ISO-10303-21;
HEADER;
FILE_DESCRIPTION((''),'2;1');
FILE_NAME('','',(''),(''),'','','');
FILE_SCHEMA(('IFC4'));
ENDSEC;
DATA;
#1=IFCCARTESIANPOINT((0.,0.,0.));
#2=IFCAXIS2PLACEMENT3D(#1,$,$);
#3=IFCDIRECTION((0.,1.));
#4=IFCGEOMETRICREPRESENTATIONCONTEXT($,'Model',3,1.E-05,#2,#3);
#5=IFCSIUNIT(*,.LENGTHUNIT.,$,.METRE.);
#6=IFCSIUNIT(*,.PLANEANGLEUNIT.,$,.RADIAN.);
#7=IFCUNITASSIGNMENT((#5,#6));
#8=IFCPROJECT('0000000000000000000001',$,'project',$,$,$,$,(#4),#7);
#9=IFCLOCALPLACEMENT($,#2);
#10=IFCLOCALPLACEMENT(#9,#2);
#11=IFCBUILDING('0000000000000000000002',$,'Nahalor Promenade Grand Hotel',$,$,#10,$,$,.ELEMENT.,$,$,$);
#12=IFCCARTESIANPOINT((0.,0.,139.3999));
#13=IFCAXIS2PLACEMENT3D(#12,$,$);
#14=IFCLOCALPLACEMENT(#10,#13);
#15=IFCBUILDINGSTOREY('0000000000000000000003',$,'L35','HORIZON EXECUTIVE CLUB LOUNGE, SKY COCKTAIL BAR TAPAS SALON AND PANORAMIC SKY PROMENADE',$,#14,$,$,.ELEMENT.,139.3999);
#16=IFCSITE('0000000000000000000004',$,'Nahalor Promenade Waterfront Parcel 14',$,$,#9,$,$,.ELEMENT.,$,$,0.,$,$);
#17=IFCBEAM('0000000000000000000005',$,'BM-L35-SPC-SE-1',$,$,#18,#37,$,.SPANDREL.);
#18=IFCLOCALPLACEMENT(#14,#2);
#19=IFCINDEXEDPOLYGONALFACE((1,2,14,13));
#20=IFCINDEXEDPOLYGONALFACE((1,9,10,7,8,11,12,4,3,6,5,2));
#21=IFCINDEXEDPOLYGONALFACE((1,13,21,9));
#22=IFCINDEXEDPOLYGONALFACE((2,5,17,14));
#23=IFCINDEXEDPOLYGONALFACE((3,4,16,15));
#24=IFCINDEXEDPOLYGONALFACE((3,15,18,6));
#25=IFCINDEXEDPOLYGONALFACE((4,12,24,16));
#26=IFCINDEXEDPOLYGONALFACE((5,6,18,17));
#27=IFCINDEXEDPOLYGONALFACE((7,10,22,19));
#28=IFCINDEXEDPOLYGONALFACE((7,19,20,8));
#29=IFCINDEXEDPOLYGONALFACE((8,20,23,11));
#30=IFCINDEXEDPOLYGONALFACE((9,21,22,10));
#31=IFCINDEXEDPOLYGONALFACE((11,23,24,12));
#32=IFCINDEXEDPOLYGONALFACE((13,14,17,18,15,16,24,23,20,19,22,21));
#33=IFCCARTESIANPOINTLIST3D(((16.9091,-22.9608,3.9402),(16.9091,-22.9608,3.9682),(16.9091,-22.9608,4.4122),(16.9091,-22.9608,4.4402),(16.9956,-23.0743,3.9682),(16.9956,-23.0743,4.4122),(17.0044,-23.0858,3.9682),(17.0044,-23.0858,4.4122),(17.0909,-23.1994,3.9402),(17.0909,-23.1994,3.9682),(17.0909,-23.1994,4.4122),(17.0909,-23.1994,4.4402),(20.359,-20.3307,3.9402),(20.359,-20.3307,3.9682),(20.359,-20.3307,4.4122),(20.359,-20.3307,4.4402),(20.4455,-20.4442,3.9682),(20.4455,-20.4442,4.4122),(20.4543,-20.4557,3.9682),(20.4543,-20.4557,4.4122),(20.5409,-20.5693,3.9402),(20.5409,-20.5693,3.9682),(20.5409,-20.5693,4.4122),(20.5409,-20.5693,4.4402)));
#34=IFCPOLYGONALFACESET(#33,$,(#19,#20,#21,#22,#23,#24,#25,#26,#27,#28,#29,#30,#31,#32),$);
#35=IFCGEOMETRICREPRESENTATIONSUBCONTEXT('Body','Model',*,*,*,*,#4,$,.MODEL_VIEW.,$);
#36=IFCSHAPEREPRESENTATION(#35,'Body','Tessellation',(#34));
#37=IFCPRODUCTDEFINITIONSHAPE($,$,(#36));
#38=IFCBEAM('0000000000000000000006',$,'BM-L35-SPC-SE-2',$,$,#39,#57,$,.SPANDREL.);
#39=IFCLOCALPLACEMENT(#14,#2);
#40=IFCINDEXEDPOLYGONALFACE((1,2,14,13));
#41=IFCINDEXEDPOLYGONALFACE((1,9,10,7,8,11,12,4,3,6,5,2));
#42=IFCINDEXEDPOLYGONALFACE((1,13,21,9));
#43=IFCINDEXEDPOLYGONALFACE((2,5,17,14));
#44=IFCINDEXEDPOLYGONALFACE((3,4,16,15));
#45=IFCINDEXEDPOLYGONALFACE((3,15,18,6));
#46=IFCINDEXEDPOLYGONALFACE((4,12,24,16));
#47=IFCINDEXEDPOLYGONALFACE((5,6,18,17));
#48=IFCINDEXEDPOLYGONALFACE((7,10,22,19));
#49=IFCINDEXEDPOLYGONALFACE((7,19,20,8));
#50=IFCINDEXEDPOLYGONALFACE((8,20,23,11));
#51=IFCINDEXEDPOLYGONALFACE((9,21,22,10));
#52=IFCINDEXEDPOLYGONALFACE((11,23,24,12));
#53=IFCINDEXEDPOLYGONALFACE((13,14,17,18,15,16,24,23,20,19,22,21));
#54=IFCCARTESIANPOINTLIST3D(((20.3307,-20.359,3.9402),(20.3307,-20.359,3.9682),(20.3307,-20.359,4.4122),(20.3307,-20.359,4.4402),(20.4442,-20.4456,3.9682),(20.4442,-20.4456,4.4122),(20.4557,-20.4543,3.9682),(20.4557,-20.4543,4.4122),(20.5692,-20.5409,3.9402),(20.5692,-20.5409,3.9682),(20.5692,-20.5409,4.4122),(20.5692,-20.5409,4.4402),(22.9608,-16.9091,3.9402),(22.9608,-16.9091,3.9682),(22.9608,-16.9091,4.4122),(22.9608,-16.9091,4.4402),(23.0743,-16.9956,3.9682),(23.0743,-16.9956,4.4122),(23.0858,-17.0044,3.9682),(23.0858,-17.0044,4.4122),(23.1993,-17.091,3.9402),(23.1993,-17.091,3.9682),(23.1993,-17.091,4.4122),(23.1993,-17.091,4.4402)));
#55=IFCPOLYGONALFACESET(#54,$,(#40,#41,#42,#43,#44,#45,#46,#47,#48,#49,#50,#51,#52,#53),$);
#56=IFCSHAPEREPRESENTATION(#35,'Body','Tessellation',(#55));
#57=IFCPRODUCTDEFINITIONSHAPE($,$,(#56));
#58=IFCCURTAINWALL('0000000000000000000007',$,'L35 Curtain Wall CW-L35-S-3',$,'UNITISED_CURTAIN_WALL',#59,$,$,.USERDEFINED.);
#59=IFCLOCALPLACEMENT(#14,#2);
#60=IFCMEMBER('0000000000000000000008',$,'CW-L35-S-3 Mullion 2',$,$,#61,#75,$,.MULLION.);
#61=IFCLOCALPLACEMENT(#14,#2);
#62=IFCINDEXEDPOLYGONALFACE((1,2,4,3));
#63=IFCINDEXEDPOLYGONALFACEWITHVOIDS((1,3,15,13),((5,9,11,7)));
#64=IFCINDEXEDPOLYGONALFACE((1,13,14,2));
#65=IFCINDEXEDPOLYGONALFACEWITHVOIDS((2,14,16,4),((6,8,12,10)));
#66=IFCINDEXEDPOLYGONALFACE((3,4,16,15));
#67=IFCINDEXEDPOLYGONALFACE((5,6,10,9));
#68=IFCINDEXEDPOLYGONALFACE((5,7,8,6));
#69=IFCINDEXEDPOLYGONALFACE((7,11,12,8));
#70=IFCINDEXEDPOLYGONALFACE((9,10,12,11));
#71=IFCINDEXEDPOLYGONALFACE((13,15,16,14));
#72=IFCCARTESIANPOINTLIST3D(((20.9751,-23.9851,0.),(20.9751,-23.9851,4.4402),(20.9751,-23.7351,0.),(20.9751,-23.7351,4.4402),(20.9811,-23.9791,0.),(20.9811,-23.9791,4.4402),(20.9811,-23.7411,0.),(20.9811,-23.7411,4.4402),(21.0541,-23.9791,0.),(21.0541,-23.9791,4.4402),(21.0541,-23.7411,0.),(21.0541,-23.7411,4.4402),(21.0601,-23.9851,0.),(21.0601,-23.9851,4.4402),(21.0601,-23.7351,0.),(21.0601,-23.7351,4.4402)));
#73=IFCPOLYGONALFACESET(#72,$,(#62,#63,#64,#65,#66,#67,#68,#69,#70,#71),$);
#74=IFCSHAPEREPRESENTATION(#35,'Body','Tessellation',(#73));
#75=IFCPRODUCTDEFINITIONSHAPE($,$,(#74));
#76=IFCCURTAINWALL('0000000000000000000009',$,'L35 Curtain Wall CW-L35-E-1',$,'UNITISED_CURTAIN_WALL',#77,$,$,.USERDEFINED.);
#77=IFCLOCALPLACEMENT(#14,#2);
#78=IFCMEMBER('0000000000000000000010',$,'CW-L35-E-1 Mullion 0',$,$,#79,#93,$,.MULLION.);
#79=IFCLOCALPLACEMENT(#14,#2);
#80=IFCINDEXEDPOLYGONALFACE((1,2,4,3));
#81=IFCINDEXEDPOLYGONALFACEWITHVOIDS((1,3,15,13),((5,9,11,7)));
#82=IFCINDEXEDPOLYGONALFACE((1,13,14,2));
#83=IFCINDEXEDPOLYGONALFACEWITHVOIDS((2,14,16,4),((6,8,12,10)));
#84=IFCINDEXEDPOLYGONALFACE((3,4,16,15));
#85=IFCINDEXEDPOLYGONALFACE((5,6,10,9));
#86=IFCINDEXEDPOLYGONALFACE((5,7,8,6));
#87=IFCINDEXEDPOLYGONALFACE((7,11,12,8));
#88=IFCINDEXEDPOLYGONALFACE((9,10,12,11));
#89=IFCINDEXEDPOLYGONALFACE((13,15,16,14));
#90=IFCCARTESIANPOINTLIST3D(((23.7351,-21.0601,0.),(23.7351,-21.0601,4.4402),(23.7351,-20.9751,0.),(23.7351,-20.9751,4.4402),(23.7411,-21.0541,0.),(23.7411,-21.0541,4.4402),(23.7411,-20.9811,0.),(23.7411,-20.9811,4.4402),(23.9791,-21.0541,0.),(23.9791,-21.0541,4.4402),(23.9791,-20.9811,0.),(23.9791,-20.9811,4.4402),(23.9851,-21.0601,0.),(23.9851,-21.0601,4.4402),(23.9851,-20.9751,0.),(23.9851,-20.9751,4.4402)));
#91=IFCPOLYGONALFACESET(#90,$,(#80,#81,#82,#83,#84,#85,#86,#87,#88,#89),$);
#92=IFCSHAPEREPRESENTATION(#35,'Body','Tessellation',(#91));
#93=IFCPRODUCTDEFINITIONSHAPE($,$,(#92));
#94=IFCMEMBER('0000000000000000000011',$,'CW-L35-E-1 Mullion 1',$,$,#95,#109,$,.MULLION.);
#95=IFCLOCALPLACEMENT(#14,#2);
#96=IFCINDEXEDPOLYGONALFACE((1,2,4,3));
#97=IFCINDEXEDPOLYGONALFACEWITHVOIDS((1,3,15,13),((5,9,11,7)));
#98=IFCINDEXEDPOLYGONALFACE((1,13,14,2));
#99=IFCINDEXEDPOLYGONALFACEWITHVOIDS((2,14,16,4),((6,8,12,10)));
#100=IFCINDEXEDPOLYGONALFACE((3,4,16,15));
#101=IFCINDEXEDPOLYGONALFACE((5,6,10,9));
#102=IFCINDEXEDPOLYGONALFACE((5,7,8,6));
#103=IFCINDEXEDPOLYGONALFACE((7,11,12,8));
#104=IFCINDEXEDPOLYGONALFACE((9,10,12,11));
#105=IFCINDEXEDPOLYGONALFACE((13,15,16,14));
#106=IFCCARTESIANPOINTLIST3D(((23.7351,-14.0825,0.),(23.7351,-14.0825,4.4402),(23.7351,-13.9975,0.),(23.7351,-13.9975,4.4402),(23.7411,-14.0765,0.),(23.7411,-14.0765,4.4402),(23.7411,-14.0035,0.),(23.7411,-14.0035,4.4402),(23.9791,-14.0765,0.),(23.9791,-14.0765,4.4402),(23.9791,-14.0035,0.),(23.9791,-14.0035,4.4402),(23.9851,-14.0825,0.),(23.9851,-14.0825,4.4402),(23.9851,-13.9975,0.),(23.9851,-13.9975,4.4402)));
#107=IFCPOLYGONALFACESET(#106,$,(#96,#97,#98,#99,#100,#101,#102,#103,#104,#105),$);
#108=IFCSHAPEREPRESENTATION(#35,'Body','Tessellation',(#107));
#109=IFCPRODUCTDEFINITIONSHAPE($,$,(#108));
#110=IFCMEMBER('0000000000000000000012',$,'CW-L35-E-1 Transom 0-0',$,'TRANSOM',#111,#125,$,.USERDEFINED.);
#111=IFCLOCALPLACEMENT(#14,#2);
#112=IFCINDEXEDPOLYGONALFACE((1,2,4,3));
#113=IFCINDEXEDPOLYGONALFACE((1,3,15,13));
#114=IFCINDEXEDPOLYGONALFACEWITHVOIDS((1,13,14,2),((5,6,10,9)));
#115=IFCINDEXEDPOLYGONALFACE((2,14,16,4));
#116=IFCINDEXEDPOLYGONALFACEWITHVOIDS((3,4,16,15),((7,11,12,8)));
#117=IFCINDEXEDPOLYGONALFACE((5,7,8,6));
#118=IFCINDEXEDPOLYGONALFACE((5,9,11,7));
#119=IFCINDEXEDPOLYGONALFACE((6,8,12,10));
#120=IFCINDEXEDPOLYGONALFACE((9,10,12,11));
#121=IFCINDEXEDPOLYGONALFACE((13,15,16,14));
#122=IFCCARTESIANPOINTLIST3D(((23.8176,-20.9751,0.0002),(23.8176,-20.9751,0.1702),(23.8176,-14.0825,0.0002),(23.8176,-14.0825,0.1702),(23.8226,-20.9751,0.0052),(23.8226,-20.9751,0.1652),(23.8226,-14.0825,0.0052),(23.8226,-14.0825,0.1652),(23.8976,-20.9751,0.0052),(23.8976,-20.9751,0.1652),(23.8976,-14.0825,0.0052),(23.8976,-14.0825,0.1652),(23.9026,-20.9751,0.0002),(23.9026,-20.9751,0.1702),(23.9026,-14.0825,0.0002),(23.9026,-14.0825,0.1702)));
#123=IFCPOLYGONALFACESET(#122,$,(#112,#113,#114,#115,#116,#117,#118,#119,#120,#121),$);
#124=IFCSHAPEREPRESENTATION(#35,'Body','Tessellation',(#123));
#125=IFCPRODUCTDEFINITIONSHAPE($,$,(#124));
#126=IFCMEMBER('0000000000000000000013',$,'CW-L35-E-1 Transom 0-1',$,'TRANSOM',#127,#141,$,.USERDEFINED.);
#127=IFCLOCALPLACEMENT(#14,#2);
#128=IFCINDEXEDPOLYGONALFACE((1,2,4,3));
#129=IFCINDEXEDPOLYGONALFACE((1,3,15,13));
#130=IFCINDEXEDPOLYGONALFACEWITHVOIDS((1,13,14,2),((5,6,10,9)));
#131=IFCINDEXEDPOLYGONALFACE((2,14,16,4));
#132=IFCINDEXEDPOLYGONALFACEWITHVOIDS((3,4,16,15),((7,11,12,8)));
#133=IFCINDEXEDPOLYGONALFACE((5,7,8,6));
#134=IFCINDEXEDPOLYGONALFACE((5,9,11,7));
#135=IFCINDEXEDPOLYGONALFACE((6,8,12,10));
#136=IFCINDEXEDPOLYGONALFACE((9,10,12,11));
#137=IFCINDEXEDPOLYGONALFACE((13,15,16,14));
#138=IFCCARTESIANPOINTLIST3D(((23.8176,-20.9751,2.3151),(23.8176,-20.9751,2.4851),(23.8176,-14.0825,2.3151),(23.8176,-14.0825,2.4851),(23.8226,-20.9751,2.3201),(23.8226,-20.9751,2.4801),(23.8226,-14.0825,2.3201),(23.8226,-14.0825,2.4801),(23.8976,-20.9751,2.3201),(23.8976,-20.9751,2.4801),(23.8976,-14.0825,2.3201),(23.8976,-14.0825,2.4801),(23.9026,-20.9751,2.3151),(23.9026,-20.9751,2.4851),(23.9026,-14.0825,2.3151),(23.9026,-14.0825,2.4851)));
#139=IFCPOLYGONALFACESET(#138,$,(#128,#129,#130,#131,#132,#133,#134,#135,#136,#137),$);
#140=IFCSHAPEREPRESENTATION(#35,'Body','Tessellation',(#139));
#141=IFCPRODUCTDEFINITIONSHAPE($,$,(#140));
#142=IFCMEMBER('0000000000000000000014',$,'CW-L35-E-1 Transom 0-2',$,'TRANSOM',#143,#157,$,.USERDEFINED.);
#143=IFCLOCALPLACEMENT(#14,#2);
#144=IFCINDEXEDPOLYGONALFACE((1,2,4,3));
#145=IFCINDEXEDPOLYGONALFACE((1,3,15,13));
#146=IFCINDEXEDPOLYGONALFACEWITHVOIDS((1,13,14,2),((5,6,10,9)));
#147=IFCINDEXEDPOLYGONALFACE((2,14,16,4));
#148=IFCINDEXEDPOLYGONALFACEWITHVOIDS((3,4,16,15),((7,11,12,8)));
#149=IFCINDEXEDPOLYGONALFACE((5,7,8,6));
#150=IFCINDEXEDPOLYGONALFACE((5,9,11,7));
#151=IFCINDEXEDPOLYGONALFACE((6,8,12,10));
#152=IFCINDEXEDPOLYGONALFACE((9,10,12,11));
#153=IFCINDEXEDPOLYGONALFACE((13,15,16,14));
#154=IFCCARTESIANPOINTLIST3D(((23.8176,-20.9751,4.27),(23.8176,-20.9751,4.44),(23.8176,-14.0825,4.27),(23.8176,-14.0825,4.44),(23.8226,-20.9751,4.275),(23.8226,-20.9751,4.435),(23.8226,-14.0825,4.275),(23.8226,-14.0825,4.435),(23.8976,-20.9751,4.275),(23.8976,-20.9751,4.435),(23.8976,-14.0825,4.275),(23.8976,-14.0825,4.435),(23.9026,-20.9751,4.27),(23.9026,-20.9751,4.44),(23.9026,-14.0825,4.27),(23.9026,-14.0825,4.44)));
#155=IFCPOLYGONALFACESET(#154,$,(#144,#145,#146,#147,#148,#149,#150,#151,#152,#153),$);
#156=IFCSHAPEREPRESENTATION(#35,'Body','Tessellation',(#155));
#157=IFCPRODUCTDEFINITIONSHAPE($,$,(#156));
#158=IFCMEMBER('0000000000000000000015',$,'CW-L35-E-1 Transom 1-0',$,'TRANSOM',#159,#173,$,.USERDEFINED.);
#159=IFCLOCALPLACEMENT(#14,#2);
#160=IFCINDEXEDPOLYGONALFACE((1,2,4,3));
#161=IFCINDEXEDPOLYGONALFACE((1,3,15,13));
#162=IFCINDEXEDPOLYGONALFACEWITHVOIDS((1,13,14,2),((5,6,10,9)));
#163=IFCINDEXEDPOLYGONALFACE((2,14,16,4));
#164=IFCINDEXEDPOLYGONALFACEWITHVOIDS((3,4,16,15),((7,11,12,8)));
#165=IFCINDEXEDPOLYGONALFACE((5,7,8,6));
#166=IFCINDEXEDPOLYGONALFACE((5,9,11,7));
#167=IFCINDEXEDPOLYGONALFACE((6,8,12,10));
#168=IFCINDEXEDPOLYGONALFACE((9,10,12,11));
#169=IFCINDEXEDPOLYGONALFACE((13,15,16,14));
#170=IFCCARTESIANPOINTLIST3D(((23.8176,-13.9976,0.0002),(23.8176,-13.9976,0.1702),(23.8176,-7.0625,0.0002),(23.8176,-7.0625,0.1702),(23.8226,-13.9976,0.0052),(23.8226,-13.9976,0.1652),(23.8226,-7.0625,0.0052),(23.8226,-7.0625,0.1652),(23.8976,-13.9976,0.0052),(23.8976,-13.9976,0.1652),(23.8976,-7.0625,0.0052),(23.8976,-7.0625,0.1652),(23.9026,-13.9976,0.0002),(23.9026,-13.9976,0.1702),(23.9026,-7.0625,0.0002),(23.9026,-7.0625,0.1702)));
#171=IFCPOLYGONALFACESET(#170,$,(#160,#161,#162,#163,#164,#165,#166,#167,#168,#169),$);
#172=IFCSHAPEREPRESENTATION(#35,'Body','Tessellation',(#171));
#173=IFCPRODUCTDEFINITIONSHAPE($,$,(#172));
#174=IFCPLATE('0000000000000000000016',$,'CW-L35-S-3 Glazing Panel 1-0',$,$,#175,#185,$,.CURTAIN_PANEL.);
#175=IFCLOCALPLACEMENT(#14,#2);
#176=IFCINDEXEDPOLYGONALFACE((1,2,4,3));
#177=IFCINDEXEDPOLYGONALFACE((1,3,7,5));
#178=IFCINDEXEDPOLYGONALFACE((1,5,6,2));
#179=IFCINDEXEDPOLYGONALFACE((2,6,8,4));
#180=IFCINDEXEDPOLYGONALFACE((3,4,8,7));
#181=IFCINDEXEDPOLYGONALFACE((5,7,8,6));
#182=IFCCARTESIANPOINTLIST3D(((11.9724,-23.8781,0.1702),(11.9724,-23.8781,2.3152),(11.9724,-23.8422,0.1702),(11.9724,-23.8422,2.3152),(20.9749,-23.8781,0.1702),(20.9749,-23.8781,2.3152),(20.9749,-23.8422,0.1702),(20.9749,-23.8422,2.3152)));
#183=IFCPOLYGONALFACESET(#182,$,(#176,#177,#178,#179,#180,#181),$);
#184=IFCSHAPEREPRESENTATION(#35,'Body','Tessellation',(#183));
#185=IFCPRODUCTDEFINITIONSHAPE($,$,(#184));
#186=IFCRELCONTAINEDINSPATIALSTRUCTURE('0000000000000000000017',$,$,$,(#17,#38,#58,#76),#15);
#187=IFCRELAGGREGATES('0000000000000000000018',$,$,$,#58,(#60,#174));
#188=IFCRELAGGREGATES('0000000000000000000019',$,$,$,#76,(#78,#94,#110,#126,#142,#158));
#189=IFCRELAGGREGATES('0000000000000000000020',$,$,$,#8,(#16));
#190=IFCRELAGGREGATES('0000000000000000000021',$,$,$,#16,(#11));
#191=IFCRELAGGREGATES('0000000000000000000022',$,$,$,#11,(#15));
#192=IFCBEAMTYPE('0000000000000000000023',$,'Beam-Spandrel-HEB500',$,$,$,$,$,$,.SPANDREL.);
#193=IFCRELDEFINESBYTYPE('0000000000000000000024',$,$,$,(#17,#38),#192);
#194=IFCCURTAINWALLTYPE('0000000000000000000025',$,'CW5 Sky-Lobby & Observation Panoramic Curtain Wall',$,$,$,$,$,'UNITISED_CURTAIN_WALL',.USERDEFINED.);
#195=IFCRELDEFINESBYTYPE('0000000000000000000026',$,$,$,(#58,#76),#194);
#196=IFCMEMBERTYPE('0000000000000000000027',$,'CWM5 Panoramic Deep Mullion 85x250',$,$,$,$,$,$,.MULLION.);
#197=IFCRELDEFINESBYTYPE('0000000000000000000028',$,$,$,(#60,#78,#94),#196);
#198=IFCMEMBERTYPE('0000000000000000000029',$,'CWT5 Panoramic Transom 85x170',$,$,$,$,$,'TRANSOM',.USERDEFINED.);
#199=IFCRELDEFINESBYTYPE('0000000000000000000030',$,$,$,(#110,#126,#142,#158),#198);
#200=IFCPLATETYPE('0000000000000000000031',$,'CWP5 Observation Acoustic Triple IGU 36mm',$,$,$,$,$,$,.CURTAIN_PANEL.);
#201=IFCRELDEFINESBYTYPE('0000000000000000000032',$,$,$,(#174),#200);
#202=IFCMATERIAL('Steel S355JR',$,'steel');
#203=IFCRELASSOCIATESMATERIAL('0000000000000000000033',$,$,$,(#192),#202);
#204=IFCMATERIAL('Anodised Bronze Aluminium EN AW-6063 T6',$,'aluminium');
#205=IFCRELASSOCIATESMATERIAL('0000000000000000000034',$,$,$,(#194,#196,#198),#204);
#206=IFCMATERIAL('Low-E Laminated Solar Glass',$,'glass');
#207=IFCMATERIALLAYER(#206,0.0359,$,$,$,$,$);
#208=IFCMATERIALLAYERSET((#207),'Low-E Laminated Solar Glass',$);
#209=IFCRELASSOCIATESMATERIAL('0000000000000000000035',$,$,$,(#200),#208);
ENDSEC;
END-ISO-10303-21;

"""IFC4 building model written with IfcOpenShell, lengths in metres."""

from ifc_helpers import new_model, si_unit, direction, frame, origin, origin_2d, place, context, subcontext, project, spatial, rectangle, hollow_rectangle, i_section, extrude, source, transform, mapped, material, layer, layer_set, material_profile, profile_set, type_object, element, aggregate, save


model = new_model("IFC4")

# Units and contexts
model_context = context("Model", 3, precision=1e-05, world=origin(), true_north=direction((0.0, 1.0)))
body_context = subcontext(model_context, "Body", "Model", "MODEL_VIEW")
ifc_project = project(units=[si_unit("LENGTHUNIT", "METRE"), si_unit("PLANEANGLEUNIT", "RADIAN")], contexts=[model_context])

# Site, building, storey
site_placement = place(None, origin())
site = spatial("IfcSite", under=ifc_project, at=site_placement, Name="Nahalor Promenade Waterfront Parcel 14", CompositionType="ELEMENT", RefElevation=0.0)
building_placement = place(site_placement, origin())
building = spatial("IfcBuilding", under=site, at=building_placement, Name="Nahalor Promenade Grand Hotel", CompositionType="ELEMENT")
storey_placement = place(building_placement, frame((0.0, 0.0, 139.3999)))
storey = spatial("IfcBuildingStorey", under=building, at=storey_placement, Name="L35", Description="HORIZON EXECUTIVE CLUB LOUNGE, SKY COCKTAIL BAR TAPAS SALON AND PANORAMIC SKY PROMENADE", CompositionType="ELEMENT", Elevation=139.3999)

# Beams
ifc_material_1 = material(Name="Steel S355JR", Category="steel")
ifc_material_profile_1 = material_profile(ifc_material_1, i_section(OverallWidth=0.3, OverallDepth=0.5, WebThickness=0.0145, FlangeThickness=0.028, at=origin_2d()), Name="HEB 500")
ifc_profile_set_1 = profile_set([ifc_material_profile_1], Name="Steel S355JR")
beam_type_1 = type_object("IfcBeamType", Name="Beam-Spandrel-HEB500", PredefinedType="SPANDREL", material=ifc_profile_set_1)
shared_shape_1 = source(origin(), body_context, "Body", "SweptSolid", [
    extrude(i_section(OverallWidth=0.3, OverallDepth=0.5, WebThickness=0.0145, FlangeThickness=0.028, at=origin_2d()), origin(), (0.0, 0.0, 1.0), 4.3381),
])
for number, where, z_axis, x_axis, name in (
    (1, (17.0, -23.0801, 4.1902), (0.795255, 0.606275, 0.0), (-0.606275, 0.795255, 0.0), "BM-L35-SPC-SE-1"),
    (2, (20.45, -20.45, 4.1902), (0.606275, 0.795255, 0.0), (-0.795255, 0.606275, 0.0), "BM-L35-SPC-SE-2"),
):
    element("IfcBeam", number, at=place(storey_placement, frame(where, z_axis=z_axis, x_axis=x_axis)), inside=storey, type_object=beam_type_1, Name=name, PredefinedType="SPANDREL", context=body_context, shape_type="MappedRepresentation", body=[
        mapped(shared_shape_1, transform((0.0, 0.0, 0.0), scale=1.0)),
    ])

# Curtain wall, member
ifc_material_2 = material(Name="Anodised Bronze Aluminium EN AW-6063 T6", Category="aluminium")
curtain_wall_type = type_object("IfcCurtainWallType", Name="CW5 Sky-Lobby & Observation Panoramic Curtain Wall", ElementType="UNITISED_CURTAIN_WALL", PredefinedType="USERDEFINED", material=ifc_material_2)
curtain_wall_1_placement = place(storey_placement, origin())
curtain_wall_1 = element("IfcCurtainWall", 3, at=curtain_wall_1_placement, inside=storey, type_object=curtain_wall_type, Name="L35 Curtain Wall CW-L35-S-3", ObjectType="UNITISED_CURTAIN_WALL", PredefinedType="USERDEFINED")
ifc_material_profile_2 = material_profile(ifc_material_2, hollow_rectangle(XDim=0.085, YDim=0.25, WallThickness=0.006, at=origin_2d()), Name="CWM 85x250x6")
ifc_profile_set_2 = profile_set([ifc_material_profile_2], Name="Anodised Bronze Aluminium EN AW-6063 T6")
member_type_1 = type_object("IfcMemberType", Name="CWM5 Panoramic Deep Mullion 85x250", PredefinedType="MULLION", material=ifc_profile_set_2)
shared_shape_2 = source(origin(), body_context, "Body", "SweptSolid", [
    extrude(hollow_rectangle(XDim=0.085, YDim=0.25, WallThickness=0.006, at=origin_2d()), origin(), (0.0, 0.0, 1.0), 4.4402),
])
member_1_placement = place(storey_placement, frame((21.0176, -23.8601, 0.0), z_axis=(0.0, 0.0, 1.0), x_axis=(1.0, 0.0, 0.0)))
member_1 = element("IfcMember", 4, at=member_1_placement, type_object=member_type_1, Name="CW-L35-S-3 Mullion 2", PredefinedType="MULLION", context=body_context, shape_type="MappedRepresentation", body=[
    mapped(shared_shape_2, transform((0.0, 0.0, 0.0), scale=1.0)),
])

# Curtain wall, members
curtain_wall_2_placement = place(storey_placement, origin())
curtain_wall_2 = element("IfcCurtainWall", 5, at=curtain_wall_2_placement, inside=storey, type_object=curtain_wall_type, Name="L35 Curtain Wall CW-L35-E-1", ObjectType="UNITISED_CURTAIN_WALL", PredefinedType="USERDEFINED")
member_2_placement = place(storey_placement, frame((23.8601, -21.0176, 0.0), z_axis=(0.0, 0.0, 1.0), x_axis=(0.0, 1.0, 0.0)))
member_2 = element("IfcMember", 6, at=member_2_placement, type_object=member_type_1, Name="CW-L35-E-1 Mullion 0", PredefinedType="MULLION", context=body_context, shape_type="MappedRepresentation", body=[
    mapped(shared_shape_2, transform((0.0, 0.0, 0.0), scale=1.0)),
])
member_3_placement = place(storey_placement, frame((23.8601, -14.04, 0.0), z_axis=(0.0, 0.0, 1.0), x_axis=(0.0, 1.0, 0.0)))
member_3 = element("IfcMember", 7, at=member_3_placement, type_object=member_type_1, Name="CW-L35-E-1 Mullion 1", PredefinedType="MULLION", context=body_context, shape_type="MappedRepresentation", body=[
    mapped(shared_shape_2, transform((0.0, 0.0, 0.0), scale=1.0)),
])
ifc_material_profile_3 = material_profile(ifc_material_2, hollow_rectangle(XDim=0.085, YDim=0.17, WallThickness=0.005, at=origin_2d()), Name="CWT 85x170x5")
ifc_profile_set_3 = profile_set([ifc_material_profile_3], Name="Anodised Bronze Aluminium EN AW-6063 T6")
member_type_2 = type_object("IfcMemberType", Name="CWT5 Panoramic Transom 85x170", ElementType="TRANSOM", PredefinedType="USERDEFINED", material=ifc_profile_set_3)
shared_shape_3 = source(origin(), body_context, "Body", "SweptSolid", [
    extrude(hollow_rectangle(XDim=0.085, YDim=0.17, WallThickness=0.005, at=origin_2d()), origin(), (0.0, 0.0, 1.0), 6.8926),
])
member_4_placement = place(storey_placement, frame((23.8601, -20.9751, 0.0852), z_axis=(0.0, 1.0, 0.0), x_axis=(-1.0, 0.0, 0.0)))
member_4 = element("IfcMember", 8, at=member_4_placement, type_object=member_type_2, Name="CW-L35-E-1 Transom 0-0", ObjectType="TRANSOM", PredefinedType="USERDEFINED", context=body_context, shape_type="MappedRepresentation", body=[
    mapped(shared_shape_3, transform((0.0, 0.0, 0.0), scale=1.0)),
])
member_5_placement = place(storey_placement, frame((23.8601, -20.9751, 2.4001), z_axis=(0.0, 1.0, 0.0), x_axis=(-1.0, 0.0, 0.0)))
member_5 = element("IfcMember", 9, at=member_5_placement, type_object=member_type_2, Name="CW-L35-E-1 Transom 0-1", ObjectType="TRANSOM", PredefinedType="USERDEFINED", context=body_context, shape_type="MappedRepresentation", body=[
    mapped(shared_shape_3, transform((0.0, 0.0, 0.0), scale=1.0)),
])
member_6_placement = place(storey_placement, frame((23.8601, -20.9751, 4.355), z_axis=(0.0, 1.0, 0.0), x_axis=(-1.0, 0.0, 0.0)))
member_6 = element("IfcMember", 10, at=member_6_placement, type_object=member_type_2, Name="CW-L35-E-1 Transom 0-2", ObjectType="TRANSOM", PredefinedType="USERDEFINED", context=body_context, shape_type="MappedRepresentation", body=[
    mapped(shared_shape_3, transform((0.0, 0.0, 0.0), scale=1.0)),
])
shared_shape_4 = source(origin(), body_context, "Body", "SweptSolid", [
    extrude(hollow_rectangle(XDim=0.085, YDim=0.17, WallThickness=0.005, at=origin_2d()), origin(), (0.0, 0.0, 1.0), 6.9351),
])
member_7_placement = place(storey_placement, frame((23.8601, -13.9976, 0.0852), z_axis=(0.0, 1.0, 0.0), x_axis=(-1.0, 0.0, 0.0)))
member_7 = element("IfcMember", 11, at=member_7_placement, type_object=member_type_2, Name="CW-L35-E-1 Transom 1-0", ObjectType="TRANSOM", PredefinedType="USERDEFINED", context=body_context, shape_type="MappedRepresentation", body=[
    mapped(shared_shape_4, transform((0.0, 0.0, 0.0), scale=1.0)),
])

# Plate
ifc_material_3 = material(Name="Low-E Laminated Solar Glass", Category="glass")
ifc_layer_1 = layer(ifc_material_3, 0.0359)
ifc_layer_set_1 = layer_set([ifc_layer_1], Name="Low-E Laminated Solar Glass")
plate_type = type_object("IfcPlateType", Name="CWP5 Observation Acoustic Triple IGU 36mm", PredefinedType="CURTAIN_PANEL", material=ifc_layer_set_1)
shared_shape_5 = source(origin(), body_context, "Body", "SweptSolid", [
    extrude(rectangle(XDim=9.0024, YDim=0.0359, at=origin_2d()), origin(), (0.0, 0.0, 1.0), 2.145),
])
plate_1_placement = place(storey_placement, frame((16.4736, -23.8601, 0.1702), z_axis=(0.0, 0.0, 1.0), x_axis=(1.0, 0.0, 0.0)))
plate_1 = element("IfcPlate", 12, at=plate_1_placement, type_object=plate_type, Name="CW-L35-S-3 Glazing Panel 1-0", PredefinedType="CURTAIN_PANEL", context=body_context, shape_type="MappedRepresentation", body=[
    mapped(shared_shape_5, transform((0.0, 0.0, 0.0), scale=1.0)),
])
aggregate(curtain_wall_1, [member_1, plate_1])
aggregate(curtain_wall_2, [member_2, member_3, member_4, member_5, member_6, member_7])

save(model, "model.ifc")
